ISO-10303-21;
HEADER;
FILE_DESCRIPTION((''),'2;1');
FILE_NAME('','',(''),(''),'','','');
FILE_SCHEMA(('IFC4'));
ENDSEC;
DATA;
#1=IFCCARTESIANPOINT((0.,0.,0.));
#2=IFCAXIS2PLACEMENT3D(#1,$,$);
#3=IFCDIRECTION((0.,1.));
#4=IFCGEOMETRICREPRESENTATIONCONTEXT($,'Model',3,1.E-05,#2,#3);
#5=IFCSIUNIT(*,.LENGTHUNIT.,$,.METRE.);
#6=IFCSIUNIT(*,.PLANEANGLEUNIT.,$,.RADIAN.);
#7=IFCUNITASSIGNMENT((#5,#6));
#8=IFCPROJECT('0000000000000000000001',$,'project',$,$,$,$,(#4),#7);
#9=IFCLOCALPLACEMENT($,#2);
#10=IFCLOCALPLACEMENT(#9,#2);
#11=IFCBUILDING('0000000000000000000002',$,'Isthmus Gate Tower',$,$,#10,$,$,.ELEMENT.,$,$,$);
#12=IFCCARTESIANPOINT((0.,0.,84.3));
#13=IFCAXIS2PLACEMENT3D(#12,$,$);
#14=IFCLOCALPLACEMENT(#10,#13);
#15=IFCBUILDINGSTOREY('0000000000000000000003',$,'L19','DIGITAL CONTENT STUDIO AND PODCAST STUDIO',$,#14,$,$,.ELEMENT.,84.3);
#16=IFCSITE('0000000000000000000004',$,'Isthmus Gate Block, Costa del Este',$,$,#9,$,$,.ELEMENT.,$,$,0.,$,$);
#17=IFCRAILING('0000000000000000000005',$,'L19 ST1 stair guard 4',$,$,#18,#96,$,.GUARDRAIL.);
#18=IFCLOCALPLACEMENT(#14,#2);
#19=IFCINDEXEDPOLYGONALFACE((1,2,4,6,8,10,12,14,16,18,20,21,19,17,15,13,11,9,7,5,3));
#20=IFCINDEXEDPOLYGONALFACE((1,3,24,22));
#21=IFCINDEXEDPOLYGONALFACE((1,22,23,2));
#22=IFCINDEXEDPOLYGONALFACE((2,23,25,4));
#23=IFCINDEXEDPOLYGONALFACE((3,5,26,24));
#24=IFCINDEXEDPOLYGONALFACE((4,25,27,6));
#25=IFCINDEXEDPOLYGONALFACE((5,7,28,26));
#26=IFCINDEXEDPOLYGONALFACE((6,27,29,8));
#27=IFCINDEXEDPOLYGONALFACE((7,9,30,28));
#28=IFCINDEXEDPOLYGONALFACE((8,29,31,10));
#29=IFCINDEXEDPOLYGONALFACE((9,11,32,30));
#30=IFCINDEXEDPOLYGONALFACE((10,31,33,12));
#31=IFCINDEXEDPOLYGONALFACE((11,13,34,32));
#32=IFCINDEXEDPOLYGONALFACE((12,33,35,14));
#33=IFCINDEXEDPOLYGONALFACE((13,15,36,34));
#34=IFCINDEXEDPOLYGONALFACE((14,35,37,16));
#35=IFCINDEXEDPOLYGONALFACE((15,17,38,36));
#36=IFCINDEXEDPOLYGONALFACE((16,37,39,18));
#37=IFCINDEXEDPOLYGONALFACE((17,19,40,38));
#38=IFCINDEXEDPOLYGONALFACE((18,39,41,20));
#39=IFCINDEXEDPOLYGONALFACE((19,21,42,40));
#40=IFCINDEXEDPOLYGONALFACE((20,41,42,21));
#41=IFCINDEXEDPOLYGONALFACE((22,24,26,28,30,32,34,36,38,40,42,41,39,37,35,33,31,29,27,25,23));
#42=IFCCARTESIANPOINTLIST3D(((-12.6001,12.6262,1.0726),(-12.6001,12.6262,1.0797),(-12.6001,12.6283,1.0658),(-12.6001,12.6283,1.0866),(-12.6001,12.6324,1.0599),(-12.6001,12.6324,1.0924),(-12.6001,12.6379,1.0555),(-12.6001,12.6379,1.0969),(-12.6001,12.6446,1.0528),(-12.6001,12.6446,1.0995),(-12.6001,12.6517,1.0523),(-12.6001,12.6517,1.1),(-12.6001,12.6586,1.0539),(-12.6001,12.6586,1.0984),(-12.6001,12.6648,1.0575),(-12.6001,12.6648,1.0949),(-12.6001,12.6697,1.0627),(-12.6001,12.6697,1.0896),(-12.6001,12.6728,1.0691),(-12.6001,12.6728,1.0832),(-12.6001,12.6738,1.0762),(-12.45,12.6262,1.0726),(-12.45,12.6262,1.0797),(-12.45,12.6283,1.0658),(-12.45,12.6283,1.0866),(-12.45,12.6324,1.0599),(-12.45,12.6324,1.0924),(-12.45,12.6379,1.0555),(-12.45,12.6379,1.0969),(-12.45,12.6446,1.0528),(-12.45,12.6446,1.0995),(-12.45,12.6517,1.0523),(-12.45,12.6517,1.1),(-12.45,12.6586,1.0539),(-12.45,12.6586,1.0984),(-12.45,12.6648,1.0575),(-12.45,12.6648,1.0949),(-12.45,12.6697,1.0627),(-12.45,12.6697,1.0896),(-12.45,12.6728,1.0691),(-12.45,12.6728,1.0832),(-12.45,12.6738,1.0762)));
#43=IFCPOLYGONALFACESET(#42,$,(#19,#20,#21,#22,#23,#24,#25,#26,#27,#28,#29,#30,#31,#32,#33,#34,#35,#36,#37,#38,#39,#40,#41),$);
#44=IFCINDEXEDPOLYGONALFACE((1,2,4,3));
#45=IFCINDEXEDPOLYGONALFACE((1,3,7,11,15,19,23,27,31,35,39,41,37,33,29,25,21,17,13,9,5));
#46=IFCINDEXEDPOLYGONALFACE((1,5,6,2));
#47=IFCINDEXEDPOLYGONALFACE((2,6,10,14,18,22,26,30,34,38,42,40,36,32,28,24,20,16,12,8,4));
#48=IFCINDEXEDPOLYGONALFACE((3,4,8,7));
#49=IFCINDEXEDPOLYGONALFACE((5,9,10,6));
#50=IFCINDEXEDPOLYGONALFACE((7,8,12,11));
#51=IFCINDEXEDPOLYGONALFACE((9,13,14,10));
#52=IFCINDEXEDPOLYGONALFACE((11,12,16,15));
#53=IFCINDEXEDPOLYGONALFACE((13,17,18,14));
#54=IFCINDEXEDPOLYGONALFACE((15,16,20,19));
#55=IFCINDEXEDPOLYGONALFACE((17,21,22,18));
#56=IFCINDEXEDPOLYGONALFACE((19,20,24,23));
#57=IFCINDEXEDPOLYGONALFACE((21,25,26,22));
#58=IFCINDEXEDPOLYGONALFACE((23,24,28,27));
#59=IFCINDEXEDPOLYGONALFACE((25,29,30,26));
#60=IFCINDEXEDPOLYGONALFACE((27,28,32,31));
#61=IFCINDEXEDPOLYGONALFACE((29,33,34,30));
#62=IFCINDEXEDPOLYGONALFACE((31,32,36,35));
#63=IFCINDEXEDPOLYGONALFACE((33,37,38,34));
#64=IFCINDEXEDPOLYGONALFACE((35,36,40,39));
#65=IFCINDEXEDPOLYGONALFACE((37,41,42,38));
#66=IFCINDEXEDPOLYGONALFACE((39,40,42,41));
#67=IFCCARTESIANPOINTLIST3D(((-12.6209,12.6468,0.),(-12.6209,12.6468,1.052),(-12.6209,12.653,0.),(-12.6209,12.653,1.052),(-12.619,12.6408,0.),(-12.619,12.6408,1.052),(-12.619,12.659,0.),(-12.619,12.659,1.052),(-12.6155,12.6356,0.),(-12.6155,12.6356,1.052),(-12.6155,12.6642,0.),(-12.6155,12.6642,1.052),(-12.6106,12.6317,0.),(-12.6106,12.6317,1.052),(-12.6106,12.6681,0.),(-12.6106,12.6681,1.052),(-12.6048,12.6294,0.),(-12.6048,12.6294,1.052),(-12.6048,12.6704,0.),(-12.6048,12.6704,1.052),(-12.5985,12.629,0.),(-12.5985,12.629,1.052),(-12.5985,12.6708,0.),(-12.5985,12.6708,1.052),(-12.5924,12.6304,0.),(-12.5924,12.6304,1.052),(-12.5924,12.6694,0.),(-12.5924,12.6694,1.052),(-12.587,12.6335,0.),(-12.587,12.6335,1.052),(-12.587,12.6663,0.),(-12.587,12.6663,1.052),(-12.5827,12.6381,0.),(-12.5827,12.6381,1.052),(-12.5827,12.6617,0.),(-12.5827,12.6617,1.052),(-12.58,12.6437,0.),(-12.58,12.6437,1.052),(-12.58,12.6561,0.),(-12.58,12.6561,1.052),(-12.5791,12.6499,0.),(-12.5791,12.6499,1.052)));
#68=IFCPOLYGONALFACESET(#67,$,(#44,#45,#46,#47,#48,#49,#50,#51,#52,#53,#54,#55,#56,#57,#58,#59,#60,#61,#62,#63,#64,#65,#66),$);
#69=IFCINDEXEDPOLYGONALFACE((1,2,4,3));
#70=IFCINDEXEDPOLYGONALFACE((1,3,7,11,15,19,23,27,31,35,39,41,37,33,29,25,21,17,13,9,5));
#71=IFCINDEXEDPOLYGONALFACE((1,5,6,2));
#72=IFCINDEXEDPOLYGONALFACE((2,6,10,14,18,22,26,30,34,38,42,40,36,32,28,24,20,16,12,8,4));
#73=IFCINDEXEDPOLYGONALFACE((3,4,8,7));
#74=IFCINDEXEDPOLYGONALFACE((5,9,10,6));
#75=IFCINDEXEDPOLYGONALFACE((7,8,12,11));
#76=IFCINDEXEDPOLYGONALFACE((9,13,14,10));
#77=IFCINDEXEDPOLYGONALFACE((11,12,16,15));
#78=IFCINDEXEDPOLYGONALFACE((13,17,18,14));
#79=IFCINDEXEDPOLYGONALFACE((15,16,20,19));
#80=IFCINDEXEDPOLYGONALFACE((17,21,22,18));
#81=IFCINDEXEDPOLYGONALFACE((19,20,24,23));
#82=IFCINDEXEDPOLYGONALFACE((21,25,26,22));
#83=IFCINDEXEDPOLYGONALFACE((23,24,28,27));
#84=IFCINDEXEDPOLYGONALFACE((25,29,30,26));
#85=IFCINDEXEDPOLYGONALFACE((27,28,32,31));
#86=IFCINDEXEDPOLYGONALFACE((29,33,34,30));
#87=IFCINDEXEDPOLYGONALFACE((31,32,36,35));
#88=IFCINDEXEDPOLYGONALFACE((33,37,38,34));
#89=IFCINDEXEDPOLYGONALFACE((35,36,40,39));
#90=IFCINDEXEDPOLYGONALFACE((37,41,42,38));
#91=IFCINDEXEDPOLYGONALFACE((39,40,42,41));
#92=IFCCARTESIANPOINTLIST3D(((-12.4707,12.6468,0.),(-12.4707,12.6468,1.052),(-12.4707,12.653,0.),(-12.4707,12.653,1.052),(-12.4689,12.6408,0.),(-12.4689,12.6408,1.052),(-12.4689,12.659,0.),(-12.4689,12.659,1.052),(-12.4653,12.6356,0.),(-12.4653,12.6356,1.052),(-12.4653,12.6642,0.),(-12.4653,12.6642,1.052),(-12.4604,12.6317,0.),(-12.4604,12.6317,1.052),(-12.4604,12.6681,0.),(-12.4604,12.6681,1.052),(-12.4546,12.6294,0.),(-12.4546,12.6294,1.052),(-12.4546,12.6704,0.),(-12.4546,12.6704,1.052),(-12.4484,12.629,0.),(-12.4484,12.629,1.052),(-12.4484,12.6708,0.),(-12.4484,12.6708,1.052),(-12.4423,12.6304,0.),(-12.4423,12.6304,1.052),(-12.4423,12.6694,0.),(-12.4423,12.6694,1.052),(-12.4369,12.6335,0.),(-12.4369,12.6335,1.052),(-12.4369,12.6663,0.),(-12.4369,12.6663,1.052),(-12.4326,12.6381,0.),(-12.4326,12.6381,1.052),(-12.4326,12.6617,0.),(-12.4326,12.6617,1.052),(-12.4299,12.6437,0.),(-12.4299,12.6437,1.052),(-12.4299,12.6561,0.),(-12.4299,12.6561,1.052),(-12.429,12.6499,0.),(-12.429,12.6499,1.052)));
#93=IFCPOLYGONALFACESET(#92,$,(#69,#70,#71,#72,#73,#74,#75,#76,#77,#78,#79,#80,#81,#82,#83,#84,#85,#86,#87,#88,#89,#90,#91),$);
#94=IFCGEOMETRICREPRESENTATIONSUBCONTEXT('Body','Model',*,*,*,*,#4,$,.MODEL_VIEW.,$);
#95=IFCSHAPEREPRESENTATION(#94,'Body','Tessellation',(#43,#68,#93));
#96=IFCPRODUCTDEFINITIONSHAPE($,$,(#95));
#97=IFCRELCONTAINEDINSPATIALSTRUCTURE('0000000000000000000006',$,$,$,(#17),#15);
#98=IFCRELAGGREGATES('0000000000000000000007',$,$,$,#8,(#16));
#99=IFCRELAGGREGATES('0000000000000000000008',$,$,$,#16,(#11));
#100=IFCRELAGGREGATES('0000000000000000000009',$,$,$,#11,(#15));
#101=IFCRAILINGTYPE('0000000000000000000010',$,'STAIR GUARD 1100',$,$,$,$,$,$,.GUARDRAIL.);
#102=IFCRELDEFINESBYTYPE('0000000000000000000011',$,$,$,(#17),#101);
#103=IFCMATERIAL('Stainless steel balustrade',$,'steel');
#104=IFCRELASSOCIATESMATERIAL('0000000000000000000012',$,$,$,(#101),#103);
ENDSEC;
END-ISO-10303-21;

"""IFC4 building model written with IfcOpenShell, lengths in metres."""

from ifc_helpers import new_model, si_unit, direction, frame, origin, origin_2d, place, context, subcontext, project, spatial, circle, extrude, material, type_object, element, save


model = new_model("IFC4")

# Units and contexts
model_context = context("Model", 3, precision=1e-05, world=origin(), true_north=direction((0.0, 1.0)))
body_context = subcontext(model_context, "Body", "Model", "MODEL_VIEW")
ifc_project = project(units=[si_unit("LENGTHUNIT", "METRE"), si_unit("PLANEANGLEUNIT", "RADIAN")], contexts=[model_context])

# Site, building, storey
site_placement = place(None, origin())
site = spatial("IfcSite", under=ifc_project, at=site_placement, Name="Isthmus Gate Block, Costa del Este", CompositionType="ELEMENT", RefElevation=0.0)
building_placement = place(site_placement, origin())
building = spatial("IfcBuilding", under=site, at=building_placement, Name="Isthmus Gate Tower", CompositionType="ELEMENT")
storey_placement = place(building_placement, frame((0.0, 0.0, 84.3)))
storey = spatial("IfcBuildingStorey", under=building, at=storey_placement, Name="L19", Description="DIGITAL CONTENT STUDIO AND PODCAST STUDIO", CompositionType="ELEMENT", Elevation=84.3)

# Railing
ifc_material_1 = material(Name="Stainless steel balustrade", Category="steel")
railing_type = type_object("IfcRailingType", Name="STAIR GUARD 1100", PredefinedType="GUARDRAIL", material=ifc_material_1)
railing_1_placement = place(storey_placement, frame((-12.6001, 12.6499, 0.0)))
element("IfcRailing", 1, at=railing_1_placement, inside=storey, type_object=railing_type, Name="L19 ST1 stair guard 4", PredefinedType="GUARDRAIL", context=body_context, shape_type="SweptSolid", body=[
    extrude(circle(Radius=0.0239, at=origin_2d()), frame((0.0, 0.0, 1.0762), z_axis=(1.0, 0.0, 0.0), x_axis=(0.0, 1.0, 0.0)), (0.0, 0.0, 1.0), 0.1501),
    extrude(circle(Radius=0.021, at=origin_2d()), origin(), (0.0, 0.0, 1.0), 1.052),
    extrude(circle(Radius=0.021, at=origin_2d()), frame((0.1501, 0.0, 0.0)), (0.0, 0.0, 1.0), 1.052),
])

save(model, "model.ifc")
